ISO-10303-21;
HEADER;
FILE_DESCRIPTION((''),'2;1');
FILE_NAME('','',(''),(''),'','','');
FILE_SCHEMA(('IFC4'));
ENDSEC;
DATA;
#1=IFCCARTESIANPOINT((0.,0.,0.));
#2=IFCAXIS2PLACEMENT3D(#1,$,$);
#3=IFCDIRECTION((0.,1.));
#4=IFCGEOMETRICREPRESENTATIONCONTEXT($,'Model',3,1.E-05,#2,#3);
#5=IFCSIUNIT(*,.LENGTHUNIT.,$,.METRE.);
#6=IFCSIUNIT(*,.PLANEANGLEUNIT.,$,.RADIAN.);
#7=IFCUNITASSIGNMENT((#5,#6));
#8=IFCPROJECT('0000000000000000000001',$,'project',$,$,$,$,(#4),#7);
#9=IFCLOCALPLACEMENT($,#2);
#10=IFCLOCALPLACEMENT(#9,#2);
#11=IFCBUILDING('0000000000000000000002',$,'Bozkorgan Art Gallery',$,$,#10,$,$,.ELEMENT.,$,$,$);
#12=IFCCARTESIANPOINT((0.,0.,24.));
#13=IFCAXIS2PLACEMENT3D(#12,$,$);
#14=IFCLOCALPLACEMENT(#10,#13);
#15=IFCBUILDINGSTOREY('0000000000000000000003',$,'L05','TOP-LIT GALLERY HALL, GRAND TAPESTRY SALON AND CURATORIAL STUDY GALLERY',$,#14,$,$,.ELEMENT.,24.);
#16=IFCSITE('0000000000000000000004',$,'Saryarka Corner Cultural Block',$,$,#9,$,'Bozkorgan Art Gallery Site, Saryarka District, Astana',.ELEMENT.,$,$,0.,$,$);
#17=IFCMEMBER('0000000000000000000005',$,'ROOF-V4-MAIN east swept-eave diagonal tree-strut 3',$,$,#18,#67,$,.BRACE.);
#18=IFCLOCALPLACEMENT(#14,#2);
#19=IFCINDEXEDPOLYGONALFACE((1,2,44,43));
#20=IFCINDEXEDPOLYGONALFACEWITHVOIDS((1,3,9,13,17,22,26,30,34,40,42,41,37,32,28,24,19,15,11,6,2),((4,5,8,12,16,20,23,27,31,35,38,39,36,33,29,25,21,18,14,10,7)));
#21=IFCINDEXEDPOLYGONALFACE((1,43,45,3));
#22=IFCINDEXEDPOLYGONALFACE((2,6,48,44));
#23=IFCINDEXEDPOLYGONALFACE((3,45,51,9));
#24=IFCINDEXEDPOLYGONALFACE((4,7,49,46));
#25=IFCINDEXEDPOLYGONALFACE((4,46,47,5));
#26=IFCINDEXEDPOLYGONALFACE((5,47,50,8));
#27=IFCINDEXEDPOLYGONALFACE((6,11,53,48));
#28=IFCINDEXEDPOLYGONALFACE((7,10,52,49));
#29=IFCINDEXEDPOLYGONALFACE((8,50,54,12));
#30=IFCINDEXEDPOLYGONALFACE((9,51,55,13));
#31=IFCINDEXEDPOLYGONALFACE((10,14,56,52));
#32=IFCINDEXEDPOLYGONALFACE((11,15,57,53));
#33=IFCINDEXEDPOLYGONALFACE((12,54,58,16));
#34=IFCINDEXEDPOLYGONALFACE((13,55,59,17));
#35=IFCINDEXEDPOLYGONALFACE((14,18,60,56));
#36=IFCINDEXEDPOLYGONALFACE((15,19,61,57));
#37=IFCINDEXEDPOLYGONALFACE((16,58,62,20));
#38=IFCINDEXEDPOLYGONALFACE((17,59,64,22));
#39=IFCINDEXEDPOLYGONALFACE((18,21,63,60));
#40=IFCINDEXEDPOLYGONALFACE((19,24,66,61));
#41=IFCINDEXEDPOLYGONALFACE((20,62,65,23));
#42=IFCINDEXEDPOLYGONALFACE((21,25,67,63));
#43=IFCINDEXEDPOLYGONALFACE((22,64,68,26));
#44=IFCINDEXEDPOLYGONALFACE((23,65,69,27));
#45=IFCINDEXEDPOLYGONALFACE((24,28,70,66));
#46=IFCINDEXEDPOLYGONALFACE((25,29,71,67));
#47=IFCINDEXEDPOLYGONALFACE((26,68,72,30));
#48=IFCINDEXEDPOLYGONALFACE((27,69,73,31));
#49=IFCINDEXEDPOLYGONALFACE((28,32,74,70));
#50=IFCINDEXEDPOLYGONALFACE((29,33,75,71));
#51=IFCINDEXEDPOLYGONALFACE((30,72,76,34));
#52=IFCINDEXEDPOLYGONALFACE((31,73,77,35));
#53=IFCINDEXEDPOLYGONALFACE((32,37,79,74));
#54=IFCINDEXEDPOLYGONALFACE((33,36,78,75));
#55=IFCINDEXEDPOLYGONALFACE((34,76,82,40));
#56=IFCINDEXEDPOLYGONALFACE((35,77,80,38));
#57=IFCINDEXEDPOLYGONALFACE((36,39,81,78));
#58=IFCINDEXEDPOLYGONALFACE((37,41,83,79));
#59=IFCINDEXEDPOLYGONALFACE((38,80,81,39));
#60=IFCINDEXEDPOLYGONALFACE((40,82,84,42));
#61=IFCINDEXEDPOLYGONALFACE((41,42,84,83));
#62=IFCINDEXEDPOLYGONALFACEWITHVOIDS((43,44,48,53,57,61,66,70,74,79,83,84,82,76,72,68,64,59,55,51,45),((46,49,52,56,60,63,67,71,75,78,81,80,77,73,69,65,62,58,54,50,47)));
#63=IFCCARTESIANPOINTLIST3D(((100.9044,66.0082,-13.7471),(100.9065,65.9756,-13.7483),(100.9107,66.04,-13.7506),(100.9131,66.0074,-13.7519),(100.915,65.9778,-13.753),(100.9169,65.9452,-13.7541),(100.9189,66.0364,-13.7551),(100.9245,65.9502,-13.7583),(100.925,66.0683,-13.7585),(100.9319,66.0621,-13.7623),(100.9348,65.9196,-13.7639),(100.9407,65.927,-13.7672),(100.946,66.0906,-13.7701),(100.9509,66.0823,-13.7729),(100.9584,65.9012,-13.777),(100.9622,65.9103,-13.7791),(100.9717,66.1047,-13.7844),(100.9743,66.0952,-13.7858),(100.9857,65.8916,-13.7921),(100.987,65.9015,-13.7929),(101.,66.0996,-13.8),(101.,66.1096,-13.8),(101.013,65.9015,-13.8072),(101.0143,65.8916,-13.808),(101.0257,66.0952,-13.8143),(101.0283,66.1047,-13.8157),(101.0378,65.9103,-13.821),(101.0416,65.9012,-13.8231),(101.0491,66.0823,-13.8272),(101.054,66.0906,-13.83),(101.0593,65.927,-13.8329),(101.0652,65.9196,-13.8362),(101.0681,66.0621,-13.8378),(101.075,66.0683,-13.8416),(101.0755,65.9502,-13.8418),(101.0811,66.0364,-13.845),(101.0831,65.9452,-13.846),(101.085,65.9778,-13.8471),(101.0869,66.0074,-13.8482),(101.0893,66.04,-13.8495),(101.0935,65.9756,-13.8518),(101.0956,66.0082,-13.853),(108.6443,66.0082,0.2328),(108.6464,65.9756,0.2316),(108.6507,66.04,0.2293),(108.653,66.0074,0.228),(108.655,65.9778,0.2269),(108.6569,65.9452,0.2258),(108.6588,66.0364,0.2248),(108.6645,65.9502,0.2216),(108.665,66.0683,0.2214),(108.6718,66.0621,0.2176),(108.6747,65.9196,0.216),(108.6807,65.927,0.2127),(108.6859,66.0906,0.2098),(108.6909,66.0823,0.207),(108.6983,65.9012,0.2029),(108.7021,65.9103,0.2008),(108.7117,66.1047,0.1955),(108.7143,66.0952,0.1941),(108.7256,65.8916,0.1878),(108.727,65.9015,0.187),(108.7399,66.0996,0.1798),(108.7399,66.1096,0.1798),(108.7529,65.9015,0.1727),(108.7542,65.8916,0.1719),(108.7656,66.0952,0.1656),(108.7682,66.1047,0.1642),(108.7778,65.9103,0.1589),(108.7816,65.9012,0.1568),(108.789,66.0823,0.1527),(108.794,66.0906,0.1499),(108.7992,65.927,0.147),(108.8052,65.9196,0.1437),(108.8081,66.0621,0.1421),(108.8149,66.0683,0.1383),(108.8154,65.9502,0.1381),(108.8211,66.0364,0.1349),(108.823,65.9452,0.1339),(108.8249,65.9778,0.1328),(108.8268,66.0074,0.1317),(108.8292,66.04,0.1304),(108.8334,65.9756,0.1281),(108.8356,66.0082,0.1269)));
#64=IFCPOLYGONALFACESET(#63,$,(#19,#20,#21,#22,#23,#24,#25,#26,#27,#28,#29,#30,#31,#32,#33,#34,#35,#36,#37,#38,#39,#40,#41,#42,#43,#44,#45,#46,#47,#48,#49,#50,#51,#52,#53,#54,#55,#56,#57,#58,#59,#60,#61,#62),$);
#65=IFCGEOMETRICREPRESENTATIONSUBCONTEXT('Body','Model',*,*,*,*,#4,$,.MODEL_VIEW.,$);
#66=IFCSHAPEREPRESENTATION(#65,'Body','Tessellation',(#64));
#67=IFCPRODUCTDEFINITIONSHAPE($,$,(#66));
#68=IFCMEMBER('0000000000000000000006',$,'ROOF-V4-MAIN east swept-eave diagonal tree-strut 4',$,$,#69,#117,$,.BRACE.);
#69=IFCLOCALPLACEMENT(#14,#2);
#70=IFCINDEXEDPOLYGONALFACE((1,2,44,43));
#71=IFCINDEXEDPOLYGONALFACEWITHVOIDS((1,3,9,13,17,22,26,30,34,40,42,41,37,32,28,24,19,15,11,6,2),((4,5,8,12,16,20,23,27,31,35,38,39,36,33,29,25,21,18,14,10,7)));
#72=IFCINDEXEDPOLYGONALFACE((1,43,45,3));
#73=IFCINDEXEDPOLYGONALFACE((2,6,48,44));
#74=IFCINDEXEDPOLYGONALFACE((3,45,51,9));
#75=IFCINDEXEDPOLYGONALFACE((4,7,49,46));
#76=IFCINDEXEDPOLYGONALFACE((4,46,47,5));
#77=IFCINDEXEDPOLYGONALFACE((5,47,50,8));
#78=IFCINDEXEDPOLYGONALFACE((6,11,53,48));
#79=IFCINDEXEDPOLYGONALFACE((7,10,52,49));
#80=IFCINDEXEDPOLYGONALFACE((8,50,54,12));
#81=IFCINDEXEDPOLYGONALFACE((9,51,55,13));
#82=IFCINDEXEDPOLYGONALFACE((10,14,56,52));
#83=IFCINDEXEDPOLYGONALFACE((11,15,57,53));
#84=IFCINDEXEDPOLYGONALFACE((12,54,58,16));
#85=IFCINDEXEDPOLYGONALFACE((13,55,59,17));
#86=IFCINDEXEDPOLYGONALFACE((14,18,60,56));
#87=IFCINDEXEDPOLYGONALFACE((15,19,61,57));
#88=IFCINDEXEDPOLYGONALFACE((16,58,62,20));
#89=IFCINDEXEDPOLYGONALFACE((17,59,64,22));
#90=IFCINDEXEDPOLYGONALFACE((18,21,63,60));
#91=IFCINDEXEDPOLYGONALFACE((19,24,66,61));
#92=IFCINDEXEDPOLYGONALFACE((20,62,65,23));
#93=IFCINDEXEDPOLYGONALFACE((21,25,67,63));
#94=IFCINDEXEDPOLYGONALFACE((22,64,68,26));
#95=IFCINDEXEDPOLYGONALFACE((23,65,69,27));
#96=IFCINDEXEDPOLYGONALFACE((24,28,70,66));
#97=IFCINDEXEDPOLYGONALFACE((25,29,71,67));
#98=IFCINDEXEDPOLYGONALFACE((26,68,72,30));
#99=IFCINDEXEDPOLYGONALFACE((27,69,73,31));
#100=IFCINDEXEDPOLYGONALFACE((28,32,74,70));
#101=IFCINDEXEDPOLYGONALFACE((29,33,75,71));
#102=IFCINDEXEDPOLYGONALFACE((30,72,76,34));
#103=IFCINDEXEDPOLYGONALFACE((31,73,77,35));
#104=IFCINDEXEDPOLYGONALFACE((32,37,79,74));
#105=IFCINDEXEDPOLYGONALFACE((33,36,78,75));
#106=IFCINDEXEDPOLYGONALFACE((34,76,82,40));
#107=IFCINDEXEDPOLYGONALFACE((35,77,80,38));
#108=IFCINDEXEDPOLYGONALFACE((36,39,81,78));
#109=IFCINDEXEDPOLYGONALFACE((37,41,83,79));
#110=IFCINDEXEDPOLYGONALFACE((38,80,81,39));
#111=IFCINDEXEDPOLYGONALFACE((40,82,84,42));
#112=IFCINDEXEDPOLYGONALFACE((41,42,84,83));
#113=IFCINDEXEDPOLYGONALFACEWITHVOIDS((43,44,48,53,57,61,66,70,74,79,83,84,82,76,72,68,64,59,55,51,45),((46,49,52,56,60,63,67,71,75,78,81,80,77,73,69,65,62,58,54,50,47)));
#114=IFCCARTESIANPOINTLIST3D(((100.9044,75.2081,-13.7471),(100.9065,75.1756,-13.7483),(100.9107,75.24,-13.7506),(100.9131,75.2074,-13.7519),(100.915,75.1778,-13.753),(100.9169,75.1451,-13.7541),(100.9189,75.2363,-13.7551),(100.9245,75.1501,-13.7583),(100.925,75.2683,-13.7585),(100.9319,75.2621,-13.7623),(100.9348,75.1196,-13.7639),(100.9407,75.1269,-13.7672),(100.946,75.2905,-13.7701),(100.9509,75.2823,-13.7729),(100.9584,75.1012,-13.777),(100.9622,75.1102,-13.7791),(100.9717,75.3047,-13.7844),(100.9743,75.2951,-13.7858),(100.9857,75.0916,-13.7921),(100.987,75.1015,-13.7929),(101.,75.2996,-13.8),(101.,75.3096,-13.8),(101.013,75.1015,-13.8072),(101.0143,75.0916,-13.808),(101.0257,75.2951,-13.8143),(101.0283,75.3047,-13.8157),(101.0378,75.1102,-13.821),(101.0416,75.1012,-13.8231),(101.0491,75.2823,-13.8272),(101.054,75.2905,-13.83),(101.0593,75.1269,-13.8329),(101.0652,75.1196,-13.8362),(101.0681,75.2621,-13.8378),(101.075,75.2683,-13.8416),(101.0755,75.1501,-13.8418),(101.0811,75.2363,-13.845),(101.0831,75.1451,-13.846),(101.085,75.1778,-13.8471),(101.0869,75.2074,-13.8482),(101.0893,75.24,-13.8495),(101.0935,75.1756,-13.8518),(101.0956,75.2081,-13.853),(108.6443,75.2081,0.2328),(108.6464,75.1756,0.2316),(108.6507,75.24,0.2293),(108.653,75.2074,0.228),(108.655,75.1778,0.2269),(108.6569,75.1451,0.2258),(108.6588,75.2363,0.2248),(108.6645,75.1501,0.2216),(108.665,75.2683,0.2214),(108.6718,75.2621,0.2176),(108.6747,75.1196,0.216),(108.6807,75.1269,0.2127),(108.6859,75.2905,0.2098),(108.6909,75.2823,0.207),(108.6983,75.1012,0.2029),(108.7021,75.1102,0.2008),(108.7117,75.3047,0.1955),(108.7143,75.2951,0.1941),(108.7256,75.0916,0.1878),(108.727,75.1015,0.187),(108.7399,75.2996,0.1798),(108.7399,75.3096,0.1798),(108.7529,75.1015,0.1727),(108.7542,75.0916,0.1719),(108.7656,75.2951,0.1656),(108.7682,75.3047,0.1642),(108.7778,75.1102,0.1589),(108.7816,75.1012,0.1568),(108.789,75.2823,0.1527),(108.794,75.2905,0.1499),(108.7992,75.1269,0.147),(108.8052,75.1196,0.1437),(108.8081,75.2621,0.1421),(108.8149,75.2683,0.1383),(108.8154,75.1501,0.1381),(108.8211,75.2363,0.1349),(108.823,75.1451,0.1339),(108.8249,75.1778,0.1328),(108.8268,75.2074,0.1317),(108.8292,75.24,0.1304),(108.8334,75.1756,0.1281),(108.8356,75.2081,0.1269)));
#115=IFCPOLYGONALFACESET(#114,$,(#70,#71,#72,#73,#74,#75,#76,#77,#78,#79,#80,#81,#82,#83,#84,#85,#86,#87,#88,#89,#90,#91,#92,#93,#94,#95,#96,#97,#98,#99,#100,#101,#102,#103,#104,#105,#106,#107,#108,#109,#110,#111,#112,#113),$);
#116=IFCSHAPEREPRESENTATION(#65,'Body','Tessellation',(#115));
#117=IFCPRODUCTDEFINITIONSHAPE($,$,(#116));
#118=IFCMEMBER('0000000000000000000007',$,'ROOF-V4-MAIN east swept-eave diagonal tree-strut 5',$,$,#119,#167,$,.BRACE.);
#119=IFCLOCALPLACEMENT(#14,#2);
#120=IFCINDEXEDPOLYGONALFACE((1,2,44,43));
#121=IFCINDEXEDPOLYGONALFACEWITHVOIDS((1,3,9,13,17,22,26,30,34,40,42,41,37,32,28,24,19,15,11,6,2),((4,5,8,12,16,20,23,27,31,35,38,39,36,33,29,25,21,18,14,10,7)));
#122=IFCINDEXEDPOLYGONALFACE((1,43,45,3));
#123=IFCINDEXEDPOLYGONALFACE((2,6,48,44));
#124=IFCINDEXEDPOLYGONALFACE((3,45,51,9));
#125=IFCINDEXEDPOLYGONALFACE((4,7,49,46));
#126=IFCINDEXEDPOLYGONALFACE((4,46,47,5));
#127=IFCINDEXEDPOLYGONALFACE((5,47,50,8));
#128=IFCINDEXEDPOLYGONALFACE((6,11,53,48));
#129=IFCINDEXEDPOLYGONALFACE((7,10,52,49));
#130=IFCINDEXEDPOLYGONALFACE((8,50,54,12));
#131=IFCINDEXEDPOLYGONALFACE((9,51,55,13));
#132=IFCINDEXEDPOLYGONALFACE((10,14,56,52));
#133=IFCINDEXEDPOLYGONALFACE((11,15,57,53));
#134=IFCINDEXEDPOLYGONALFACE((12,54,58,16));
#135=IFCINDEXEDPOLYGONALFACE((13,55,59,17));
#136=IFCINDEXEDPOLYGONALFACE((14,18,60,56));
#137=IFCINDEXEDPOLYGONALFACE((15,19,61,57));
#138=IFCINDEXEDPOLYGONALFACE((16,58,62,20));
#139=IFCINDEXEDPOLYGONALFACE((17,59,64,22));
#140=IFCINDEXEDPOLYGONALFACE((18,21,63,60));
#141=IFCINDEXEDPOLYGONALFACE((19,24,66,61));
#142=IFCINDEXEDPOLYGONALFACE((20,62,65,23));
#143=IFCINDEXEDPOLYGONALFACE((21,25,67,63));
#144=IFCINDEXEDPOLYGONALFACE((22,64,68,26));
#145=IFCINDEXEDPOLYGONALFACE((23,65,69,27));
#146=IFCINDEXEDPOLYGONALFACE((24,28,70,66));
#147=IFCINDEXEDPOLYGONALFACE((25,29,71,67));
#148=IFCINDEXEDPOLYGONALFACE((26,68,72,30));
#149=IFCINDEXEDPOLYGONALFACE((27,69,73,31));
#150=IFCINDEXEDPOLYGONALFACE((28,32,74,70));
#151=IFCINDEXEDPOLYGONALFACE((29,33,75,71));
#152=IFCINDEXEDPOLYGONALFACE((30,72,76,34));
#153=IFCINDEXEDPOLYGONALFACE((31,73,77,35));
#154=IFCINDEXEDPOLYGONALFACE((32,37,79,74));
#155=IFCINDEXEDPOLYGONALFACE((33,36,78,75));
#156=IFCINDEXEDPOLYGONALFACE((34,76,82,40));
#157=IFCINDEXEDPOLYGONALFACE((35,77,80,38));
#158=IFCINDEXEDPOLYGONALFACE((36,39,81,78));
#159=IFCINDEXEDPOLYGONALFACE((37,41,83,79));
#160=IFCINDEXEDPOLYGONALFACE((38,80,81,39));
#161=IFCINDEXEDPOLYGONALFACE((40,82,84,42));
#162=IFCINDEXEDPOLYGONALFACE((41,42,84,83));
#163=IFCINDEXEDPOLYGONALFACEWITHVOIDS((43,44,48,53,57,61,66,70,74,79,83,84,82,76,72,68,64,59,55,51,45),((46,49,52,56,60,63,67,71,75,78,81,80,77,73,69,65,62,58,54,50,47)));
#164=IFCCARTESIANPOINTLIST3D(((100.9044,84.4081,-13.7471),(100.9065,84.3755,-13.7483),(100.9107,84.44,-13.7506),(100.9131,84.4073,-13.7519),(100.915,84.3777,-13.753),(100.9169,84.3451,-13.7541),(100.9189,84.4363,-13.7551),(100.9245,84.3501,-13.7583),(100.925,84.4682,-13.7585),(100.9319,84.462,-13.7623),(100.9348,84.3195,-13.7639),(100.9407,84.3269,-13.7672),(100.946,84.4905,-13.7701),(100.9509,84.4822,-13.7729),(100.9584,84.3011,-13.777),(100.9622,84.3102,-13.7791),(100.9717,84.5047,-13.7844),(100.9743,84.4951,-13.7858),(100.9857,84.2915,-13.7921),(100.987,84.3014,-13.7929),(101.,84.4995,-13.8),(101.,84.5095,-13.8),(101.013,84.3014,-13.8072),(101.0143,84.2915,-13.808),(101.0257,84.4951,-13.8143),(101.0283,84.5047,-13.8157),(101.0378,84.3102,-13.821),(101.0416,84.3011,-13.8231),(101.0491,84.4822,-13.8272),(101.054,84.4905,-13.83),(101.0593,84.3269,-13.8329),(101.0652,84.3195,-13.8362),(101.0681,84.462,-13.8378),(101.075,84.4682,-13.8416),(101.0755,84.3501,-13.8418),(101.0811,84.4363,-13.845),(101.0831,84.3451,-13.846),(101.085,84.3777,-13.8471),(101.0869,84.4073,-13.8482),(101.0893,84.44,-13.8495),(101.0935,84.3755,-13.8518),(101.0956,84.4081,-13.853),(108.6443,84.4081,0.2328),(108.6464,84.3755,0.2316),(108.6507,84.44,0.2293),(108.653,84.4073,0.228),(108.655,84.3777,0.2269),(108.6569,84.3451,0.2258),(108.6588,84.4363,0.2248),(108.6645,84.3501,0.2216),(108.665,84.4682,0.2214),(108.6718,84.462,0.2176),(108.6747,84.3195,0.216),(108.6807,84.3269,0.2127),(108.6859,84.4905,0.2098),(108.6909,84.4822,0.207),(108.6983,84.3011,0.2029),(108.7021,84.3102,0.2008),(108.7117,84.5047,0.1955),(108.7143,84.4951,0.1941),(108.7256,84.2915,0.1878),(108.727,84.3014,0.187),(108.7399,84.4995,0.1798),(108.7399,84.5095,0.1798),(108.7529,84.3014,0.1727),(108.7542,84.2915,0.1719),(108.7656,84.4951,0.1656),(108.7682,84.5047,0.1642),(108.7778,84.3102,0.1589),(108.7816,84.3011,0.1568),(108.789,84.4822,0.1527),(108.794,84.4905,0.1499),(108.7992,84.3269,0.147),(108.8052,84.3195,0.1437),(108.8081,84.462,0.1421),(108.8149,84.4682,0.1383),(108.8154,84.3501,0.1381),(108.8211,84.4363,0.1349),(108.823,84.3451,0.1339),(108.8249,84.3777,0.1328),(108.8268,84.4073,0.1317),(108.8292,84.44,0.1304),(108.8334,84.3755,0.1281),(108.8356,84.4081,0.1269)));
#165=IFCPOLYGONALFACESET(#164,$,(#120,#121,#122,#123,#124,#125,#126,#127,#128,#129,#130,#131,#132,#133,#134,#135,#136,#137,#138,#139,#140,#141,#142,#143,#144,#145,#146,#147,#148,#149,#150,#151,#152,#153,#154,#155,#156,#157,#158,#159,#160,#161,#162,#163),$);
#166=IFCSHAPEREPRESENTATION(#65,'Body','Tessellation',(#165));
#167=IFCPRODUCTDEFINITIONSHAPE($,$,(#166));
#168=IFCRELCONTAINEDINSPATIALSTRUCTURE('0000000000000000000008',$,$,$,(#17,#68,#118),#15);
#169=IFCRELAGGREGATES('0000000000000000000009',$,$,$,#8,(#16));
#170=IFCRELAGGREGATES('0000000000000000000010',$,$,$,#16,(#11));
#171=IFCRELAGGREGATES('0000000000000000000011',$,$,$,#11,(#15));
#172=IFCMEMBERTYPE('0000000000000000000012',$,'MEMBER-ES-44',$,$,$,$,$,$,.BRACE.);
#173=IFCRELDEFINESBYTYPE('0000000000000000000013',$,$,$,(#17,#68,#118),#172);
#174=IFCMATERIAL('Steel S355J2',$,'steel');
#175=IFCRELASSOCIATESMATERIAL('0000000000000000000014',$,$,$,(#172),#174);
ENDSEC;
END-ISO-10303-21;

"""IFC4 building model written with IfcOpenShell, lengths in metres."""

from ifc_helpers import new_model, si_unit, direction, frame, origin, origin_2d, place, context, subcontext, project, spatial, hollow_circle, extrude, material, material_profile, profile_set, type_object, element, save


model = new_model("IFC4")

# Units and contexts
model_context = context("Model", 3, precision=1e-05, world=origin(), true_north=direction((0.0, 1.0)))
body_context = subcontext(model_context, "Body", "Model", "MODEL_VIEW")
ifc_project = project(units=[si_unit("LENGTHUNIT", "METRE"), si_unit("PLANEANGLEUNIT", "RADIAN")], contexts=[model_context])

# Site, building, storey
site_placement = place(None, origin())
site = spatial("IfcSite", under=ifc_project, at=site_placement, Name="Saryarka Corner Cultural Block", LongName="Bozkorgan Art Gallery Site, Saryarka District, Astana", CompositionType="ELEMENT", RefElevation=0.0)
building_placement = place(site_placement, origin())
building = spatial("IfcBuilding", under=site, at=building_placement, Name="Bozkorgan Art Gallery", CompositionType="ELEMENT")
storey_placement = place(building_placement, frame((0.0, 0.0, 24.0)))
storey = spatial("IfcBuildingStorey", under=building, at=storey_placement, Name="L05", Description="TOP-LIT GALLERY HALL, GRAND TAPESTRY SALON AND CURATORIAL STUDY GALLERY", CompositionType="ELEMENT", Elevation=24.0)

# Members
ifc_material = material(Name="Steel S355J2", Category="steel")
ifc_material_profile_1 = material_profile(ifc_material, hollow_circle(Radius=0.1096, WallThickness=0.01, at=origin_2d()), Name="CHS 219.1x10")
ifc_profile_set_1 = profile_set([ifc_material_profile_1], Name="Steel S355J2")
member_type_1 = type_object("IfcMemberType", Name="MEMBER-ES-44", PredefinedType="BRACE", material=ifc_profile_set_1)
for number, where, z_axis, x_axis, name in (
    (1, (101.0, 66.0, -13.8), (0.484367, 0.0, 0.874865), (0.0, 1.0, 0.0), "ROOF-V4-MAIN east swept-eave diagonal tree-strut 3"),
    (2, (101.0, 75.2, -13.8), (0.484367, 0.0, 0.874865), (0.0, 1.0, 0.0), "ROOF-V4-MAIN east swept-eave diagonal tree-strut 4"),
    (3, (101.0, 84.3999, -13.8), (0.484367, 0.0, 0.874865), (0.0, 1.0, 0.0), "ROOF-V4-MAIN east swept-eave diagonal tree-strut 5"),
):
    element("IfcMember", number, at=place(storey_placement, frame(where, z_axis=z_axis, x_axis=x_axis)), inside=storey, type_object=member_type_1, Name=name, PredefinedType="BRACE", context=body_context, shape_type="SweptSolid", body=[
        extrude(hollow_circle(Radius=0.1096, WallThickness=0.01, at=origin_2d()), origin(), (0.0, 0.0, 1.0), 15.9795),
    ])

save(model, "model.ifc")
